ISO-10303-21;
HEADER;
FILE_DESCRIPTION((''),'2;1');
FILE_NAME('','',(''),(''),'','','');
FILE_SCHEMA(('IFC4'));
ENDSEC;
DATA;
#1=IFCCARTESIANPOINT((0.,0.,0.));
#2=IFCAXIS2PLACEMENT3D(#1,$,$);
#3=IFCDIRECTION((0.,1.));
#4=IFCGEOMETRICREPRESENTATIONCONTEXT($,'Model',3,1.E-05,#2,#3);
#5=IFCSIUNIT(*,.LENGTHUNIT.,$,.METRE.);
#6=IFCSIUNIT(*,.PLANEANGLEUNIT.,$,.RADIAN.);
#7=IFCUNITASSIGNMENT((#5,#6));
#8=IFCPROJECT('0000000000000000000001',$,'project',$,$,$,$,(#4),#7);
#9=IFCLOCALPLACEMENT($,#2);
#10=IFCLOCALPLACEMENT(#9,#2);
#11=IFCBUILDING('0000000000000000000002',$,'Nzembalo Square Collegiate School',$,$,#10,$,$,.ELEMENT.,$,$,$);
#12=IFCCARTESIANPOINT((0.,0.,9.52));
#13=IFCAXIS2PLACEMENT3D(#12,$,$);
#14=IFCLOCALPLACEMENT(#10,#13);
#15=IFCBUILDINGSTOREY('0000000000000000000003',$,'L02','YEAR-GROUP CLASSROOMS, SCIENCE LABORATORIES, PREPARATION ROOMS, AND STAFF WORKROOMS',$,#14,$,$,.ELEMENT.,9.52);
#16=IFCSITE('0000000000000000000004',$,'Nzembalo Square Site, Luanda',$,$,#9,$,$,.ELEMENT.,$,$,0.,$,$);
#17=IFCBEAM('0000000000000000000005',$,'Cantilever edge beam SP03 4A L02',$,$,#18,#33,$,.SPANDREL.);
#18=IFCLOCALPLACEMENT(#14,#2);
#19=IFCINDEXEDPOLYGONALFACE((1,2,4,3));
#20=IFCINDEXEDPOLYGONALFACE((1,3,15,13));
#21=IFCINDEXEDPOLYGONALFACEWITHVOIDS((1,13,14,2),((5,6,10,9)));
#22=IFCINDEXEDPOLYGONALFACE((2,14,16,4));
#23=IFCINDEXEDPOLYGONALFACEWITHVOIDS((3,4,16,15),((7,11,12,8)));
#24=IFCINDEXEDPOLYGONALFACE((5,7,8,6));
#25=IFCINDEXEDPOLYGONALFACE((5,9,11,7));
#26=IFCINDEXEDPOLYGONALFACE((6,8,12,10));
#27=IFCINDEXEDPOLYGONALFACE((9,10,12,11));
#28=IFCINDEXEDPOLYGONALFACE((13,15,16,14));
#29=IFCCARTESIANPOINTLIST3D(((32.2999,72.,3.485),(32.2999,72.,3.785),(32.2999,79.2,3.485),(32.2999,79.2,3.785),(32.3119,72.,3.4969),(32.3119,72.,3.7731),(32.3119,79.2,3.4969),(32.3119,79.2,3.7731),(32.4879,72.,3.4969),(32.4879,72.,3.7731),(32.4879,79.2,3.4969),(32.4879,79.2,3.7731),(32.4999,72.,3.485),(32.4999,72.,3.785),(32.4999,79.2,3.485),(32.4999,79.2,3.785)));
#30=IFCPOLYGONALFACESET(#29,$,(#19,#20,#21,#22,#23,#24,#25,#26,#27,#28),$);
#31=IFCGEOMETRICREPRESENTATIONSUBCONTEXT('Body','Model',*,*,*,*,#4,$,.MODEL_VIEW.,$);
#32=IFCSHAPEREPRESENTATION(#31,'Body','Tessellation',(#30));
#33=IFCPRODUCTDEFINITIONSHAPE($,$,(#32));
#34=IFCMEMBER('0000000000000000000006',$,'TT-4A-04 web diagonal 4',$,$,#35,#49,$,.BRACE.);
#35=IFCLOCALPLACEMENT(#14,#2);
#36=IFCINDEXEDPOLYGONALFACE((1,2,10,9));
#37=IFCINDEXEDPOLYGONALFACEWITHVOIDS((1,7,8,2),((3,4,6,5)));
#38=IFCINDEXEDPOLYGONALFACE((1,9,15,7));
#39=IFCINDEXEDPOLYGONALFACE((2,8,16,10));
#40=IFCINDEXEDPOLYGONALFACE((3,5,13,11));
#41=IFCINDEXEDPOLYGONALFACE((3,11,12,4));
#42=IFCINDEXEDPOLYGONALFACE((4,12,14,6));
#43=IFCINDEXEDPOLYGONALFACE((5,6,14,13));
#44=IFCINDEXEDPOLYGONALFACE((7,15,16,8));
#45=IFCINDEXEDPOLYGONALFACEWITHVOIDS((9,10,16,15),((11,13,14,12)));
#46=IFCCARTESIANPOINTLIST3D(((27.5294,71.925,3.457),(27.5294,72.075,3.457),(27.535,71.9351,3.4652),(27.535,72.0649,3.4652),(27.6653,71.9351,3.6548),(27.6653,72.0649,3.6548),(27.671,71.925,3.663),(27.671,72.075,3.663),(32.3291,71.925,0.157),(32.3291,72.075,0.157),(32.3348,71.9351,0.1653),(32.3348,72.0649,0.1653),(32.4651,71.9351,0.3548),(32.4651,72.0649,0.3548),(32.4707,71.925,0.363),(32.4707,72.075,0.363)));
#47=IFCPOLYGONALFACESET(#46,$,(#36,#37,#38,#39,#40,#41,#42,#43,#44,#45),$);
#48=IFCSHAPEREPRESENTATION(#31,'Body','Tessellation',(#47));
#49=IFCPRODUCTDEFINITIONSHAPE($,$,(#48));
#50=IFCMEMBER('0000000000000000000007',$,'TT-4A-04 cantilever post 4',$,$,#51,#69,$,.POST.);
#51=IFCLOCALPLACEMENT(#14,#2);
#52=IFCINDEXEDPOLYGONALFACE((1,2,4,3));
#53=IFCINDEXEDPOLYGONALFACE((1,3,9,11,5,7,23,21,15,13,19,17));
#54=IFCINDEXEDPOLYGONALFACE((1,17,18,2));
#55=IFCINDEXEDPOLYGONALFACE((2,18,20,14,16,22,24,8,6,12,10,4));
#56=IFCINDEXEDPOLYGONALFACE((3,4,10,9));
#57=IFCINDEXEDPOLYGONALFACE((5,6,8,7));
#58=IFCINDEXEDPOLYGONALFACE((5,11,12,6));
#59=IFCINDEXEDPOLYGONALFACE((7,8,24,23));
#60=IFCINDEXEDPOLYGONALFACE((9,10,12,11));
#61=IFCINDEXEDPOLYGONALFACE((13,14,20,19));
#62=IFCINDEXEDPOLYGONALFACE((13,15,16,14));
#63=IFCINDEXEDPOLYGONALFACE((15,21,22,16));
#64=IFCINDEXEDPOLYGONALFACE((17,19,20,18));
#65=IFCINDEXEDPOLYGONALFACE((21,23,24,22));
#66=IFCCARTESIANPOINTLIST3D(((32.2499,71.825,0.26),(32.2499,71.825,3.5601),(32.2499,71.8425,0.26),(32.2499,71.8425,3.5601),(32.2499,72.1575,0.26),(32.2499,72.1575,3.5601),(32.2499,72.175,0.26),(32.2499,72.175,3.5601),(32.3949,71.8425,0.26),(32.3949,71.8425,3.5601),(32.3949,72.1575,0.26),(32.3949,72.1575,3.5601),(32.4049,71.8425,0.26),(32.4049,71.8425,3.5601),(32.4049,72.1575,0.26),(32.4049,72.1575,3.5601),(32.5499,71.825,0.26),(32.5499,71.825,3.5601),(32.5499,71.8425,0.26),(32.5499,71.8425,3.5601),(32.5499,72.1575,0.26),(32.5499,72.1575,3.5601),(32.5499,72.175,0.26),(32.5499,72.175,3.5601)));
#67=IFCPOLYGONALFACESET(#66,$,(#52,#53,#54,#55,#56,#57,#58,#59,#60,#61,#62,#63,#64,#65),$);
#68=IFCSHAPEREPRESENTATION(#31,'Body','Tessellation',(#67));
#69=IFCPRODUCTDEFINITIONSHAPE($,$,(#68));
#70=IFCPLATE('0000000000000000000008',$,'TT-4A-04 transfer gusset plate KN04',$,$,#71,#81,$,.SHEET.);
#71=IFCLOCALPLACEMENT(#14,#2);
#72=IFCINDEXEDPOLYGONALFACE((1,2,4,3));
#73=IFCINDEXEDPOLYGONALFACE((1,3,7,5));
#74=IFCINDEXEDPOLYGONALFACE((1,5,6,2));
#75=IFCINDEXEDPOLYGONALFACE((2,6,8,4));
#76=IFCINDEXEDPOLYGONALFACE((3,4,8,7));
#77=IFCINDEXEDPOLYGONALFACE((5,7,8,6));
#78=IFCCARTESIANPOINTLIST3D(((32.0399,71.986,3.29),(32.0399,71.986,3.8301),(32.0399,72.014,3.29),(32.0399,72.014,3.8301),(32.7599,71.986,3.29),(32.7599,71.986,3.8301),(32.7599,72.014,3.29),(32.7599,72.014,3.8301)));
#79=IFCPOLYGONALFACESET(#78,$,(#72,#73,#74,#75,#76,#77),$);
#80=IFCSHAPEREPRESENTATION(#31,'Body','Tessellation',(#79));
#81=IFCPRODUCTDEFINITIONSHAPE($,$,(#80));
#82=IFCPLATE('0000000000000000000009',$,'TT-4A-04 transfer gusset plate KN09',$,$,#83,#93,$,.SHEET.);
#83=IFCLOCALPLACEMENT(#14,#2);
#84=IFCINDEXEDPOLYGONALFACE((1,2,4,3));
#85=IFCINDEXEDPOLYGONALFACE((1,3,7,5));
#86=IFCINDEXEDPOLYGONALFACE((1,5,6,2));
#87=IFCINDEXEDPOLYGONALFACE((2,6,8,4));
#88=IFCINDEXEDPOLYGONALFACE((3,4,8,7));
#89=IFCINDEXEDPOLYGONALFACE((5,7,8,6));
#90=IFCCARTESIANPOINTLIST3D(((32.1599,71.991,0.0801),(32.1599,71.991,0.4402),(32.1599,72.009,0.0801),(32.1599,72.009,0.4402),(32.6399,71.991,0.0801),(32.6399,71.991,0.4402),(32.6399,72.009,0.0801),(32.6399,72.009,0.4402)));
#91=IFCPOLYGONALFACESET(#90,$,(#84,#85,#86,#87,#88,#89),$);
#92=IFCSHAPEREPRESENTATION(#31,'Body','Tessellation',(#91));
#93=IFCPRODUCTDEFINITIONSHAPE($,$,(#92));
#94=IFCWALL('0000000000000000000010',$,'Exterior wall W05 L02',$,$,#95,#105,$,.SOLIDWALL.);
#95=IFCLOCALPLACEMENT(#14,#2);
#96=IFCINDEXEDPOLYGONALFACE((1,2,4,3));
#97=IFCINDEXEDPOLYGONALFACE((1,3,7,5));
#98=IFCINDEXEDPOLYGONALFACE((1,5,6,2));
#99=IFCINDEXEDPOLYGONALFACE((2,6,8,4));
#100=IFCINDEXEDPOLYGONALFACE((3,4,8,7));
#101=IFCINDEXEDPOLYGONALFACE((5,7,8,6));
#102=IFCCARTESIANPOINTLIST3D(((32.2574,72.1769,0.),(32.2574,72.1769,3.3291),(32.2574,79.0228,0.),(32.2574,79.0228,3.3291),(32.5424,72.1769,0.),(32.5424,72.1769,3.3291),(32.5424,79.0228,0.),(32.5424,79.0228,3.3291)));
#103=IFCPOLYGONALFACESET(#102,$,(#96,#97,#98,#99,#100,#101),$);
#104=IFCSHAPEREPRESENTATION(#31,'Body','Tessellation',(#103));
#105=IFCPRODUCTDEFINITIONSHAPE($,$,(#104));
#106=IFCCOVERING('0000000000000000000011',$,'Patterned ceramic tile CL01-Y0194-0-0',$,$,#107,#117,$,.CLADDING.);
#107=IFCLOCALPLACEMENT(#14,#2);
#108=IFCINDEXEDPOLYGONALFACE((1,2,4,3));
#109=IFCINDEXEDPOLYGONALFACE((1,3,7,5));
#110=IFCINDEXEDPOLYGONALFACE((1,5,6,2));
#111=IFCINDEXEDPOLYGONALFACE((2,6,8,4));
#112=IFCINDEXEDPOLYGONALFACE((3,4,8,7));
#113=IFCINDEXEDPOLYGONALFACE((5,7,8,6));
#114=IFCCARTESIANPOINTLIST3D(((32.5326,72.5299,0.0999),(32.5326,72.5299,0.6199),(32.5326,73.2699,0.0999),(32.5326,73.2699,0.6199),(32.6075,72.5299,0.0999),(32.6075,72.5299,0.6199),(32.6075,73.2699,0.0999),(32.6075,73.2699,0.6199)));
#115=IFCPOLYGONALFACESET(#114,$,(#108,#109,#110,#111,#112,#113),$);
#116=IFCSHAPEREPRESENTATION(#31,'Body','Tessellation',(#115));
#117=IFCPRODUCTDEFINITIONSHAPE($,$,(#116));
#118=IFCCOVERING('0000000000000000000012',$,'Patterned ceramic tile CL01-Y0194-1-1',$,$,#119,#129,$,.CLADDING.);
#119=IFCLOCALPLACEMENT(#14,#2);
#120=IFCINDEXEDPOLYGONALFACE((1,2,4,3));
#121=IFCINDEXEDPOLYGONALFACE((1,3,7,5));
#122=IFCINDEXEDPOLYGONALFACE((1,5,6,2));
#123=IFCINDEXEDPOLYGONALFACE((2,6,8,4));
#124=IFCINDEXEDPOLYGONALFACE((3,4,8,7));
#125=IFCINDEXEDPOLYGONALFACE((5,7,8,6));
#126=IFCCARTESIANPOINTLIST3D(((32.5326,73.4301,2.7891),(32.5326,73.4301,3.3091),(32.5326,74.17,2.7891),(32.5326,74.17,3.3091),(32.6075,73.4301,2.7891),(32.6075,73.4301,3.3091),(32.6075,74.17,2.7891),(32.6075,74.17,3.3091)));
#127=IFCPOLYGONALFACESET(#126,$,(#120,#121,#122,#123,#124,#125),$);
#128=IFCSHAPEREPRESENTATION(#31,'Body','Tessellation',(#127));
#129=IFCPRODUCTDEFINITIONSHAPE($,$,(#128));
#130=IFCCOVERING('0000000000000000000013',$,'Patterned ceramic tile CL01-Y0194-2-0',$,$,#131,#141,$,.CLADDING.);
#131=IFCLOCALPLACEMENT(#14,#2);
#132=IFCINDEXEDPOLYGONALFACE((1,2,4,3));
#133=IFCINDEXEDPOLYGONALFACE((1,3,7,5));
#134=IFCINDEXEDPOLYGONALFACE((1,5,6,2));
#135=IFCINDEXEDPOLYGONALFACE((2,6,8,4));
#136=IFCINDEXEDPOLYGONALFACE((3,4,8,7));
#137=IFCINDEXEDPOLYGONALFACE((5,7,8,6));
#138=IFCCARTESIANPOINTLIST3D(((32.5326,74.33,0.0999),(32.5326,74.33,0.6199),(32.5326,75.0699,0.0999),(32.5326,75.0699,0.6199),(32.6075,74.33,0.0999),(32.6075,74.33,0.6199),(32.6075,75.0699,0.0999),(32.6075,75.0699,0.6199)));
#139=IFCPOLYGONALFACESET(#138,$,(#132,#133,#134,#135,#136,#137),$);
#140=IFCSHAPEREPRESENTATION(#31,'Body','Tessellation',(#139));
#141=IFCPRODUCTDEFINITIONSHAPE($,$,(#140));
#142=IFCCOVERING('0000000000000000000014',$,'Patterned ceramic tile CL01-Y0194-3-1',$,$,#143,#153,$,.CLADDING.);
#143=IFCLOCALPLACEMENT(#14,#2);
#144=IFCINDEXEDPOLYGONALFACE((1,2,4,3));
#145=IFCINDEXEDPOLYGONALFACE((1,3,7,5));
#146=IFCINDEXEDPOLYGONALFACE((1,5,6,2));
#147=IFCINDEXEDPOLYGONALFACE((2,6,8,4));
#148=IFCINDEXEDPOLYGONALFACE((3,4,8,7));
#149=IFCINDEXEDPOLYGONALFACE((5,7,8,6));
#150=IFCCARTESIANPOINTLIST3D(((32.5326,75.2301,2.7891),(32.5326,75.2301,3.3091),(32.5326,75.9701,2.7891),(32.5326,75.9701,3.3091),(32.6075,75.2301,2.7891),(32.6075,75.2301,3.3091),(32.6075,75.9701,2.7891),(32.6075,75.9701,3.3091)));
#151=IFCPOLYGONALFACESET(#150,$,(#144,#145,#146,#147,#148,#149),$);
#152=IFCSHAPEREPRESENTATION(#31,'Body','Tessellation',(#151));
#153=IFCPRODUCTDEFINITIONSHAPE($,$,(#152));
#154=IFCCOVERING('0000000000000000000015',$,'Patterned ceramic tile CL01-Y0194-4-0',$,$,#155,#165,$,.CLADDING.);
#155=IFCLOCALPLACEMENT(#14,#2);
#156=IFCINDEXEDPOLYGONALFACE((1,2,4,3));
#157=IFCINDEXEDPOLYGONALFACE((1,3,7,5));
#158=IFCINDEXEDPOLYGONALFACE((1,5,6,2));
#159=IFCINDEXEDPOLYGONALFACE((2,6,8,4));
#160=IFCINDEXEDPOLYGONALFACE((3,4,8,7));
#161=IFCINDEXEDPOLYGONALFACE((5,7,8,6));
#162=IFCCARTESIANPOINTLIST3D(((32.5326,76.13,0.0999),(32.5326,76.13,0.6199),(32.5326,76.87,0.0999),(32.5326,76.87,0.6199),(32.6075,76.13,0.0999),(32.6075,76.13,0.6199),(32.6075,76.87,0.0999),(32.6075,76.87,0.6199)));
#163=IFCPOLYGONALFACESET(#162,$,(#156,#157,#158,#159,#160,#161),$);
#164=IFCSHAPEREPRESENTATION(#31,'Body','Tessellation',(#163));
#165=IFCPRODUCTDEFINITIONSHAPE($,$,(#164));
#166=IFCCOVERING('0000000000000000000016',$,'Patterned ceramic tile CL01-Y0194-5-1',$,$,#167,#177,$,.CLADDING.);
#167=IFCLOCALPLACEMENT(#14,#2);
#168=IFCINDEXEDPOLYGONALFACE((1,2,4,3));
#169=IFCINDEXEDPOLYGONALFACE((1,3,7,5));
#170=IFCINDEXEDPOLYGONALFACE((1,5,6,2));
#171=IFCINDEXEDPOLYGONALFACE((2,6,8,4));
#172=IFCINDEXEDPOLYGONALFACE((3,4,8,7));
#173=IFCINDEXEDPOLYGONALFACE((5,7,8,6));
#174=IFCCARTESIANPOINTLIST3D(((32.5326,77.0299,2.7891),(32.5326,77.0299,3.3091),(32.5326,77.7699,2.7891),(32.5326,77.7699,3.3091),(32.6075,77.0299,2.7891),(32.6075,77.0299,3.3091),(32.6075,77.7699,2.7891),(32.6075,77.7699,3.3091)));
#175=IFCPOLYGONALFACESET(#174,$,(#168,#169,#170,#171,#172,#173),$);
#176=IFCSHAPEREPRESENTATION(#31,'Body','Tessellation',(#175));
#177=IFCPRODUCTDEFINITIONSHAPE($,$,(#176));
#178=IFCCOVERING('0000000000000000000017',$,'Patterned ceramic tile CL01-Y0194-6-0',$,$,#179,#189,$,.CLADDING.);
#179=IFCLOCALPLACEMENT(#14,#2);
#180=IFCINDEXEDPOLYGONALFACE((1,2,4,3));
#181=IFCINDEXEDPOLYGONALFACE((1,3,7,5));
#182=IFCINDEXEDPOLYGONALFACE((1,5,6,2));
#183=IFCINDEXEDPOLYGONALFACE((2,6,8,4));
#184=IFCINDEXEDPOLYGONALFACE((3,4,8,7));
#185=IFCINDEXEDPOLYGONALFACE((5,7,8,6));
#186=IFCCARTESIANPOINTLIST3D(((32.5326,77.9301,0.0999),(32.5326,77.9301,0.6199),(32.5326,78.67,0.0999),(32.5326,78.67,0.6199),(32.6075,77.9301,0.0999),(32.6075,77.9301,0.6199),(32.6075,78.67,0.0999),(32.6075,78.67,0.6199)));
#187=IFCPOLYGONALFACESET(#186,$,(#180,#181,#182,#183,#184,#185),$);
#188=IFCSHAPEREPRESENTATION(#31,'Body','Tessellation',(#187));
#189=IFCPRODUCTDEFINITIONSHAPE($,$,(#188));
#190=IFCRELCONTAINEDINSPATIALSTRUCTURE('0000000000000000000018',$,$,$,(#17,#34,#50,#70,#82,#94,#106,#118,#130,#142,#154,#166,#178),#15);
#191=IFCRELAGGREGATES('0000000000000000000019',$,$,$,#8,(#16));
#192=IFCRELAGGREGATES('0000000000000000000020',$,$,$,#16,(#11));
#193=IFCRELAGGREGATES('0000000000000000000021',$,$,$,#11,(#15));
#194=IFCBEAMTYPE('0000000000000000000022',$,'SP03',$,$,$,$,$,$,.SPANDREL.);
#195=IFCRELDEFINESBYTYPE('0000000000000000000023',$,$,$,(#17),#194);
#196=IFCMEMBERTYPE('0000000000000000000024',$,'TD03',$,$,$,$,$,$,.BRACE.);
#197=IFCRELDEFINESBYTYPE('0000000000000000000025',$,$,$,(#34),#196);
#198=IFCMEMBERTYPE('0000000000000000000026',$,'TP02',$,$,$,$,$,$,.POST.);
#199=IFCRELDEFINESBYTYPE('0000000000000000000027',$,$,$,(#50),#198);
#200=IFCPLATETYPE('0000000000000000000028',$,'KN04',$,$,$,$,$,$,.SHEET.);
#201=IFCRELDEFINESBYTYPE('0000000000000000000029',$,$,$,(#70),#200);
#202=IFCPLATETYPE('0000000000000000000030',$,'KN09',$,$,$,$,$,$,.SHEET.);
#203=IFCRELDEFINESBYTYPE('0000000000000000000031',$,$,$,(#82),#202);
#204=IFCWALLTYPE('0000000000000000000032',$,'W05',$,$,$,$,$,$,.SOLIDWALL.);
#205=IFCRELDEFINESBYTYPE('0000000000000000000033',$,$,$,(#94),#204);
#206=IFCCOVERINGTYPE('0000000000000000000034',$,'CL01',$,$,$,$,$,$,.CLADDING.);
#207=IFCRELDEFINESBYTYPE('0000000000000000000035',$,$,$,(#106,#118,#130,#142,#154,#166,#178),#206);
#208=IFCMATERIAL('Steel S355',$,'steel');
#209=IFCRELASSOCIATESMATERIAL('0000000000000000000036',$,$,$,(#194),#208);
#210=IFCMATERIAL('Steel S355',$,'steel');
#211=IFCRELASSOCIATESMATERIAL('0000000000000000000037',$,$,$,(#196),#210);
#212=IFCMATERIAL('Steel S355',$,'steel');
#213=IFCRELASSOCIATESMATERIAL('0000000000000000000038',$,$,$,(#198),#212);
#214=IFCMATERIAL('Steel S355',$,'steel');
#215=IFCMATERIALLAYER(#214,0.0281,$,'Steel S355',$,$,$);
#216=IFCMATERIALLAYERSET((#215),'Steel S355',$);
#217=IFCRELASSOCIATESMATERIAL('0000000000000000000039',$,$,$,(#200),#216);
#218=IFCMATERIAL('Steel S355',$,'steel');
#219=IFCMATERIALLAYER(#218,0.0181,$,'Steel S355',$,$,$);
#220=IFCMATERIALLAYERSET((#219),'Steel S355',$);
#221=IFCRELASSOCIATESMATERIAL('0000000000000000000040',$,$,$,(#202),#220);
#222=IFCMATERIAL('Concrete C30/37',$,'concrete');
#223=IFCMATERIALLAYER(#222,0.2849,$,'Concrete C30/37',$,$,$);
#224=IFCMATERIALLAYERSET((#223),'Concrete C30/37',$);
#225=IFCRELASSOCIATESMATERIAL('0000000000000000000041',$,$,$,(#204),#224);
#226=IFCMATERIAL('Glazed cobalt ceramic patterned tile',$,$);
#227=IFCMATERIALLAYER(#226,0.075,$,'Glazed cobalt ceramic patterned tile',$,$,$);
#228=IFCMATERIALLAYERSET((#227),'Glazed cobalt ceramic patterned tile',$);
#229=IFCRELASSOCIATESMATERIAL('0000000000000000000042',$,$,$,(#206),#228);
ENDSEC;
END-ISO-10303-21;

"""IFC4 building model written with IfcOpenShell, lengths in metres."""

from ifc_helpers import new_model, si_unit, direction, frame, frame_2d, origin, origin_2d, place, context, subcontext, project, spatial, rectangle, hollow_rectangle, i_section, extrude, material, layer, layer_set, material_profile, profile_set, type_object, element, save


model = new_model("IFC4")

# Units and contexts
model_context = context("Model", 3, precision=1e-05, world=origin(), true_north=direction((0.0, 1.0)))
body_context = subcontext(model_context, "Body", "Model", "MODEL_VIEW")
ifc_project = project(units=[si_unit("LENGTHUNIT", "METRE"), si_unit("PLANEANGLEUNIT", "RADIAN")], contexts=[model_context])

# Site, building, storey
site_placement = place(None, origin())
site = spatial("IfcSite", under=ifc_project, at=site_placement, Name="Nzembalo Square Site, Luanda", CompositionType="ELEMENT", RefElevation=0.0)
building_placement = place(site_placement, origin())
building = spatial("IfcBuilding", under=site, at=building_placement, Name="Nzembalo Square Collegiate School", CompositionType="ELEMENT")
storey_placement = place(building_placement, frame((0.0, 0.0, 9.52)))
storey = spatial("IfcBuildingStorey", under=building, at=storey_placement, Name="L02", Description="YEAR-GROUP CLASSROOMS, SCIENCE LABORATORIES, PREPARATION ROOMS, AND STAFF WORKROOMS", CompositionType="ELEMENT", Elevation=9.52)

# Beam
ifc_material_1 = material(Name="Steel S355", Category="steel")
ifc_material_profile_1 = material_profile(ifc_material_1, hollow_rectangle(XDim=0.2, YDim=0.3, WallThickness=0.012, at=origin_2d()), Name="RHS 300x200x12")
ifc_profile_set_1 = profile_set([ifc_material_profile_1], Name="Steel S355")
beam_type = type_object("IfcBeamType", Name="SP03", PredefinedType="SPANDREL", material=ifc_profile_set_1)
beam_placement = place(storey_placement, frame((32.3999, 72.0, 3.635), z_axis=(0.0, 1.0, 0.0), x_axis=(-1.0, 0.0, 0.0)))
element("IfcBeam", 1, at=beam_placement, inside=storey, type_object=beam_type, Name="Cantilever edge beam SP03 4A L02", PredefinedType="SPANDREL", context=body_context, shape_type="SweptSolid", body=[
    extrude(hollow_rectangle(XDim=0.2, YDim=0.3, WallThickness=0.012, at=origin_2d()), origin(), (0.0, 0.0, 1.0), 7.2),
])

# Members
ifc_material_2 = material(Name="Steel S355", Category="steel")
ifc_material_profile_2 = material_profile(ifc_material_2, hollow_rectangle(XDim=0.1499, YDim=0.25, WallThickness=0.01, at=origin_2d()), Name="RHS 250x150x10")
ifc_profile_set_2 = profile_set([ifc_material_profile_2], Name="Steel S355")
member_type_1 = type_object("IfcMemberType", Name="TD03", PredefinedType="BRACE", material=ifc_profile_set_2)
member_1_placement = place(storey_placement, frame((32.3999, 72.0, 0.26), z_axis=(-0.824027, 0.0, 0.56655), x_axis=(0.0, -1.0, 0.0)))
element("IfcMember", 2, at=member_1_placement, inside=storey, type_object=member_type_1, Name="TT-4A-04 web diagonal 4", PredefinedType="BRACE", context=body_context, shape_type="SweptSolid", body=[
    extrude(hollow_rectangle(XDim=0.1499, YDim=0.25, WallThickness=0.01, at=origin_2d()), origin(), (0.0, 0.0, 1.0), 5.8247),
])
ifc_material_3 = material(Name="Steel S355", Category="steel")
ifc_material_profile_3 = material_profile(ifc_material_3, i_section(OverallWidth=0.3, OverallDepth=0.3501, WebThickness=0.01, FlangeThickness=0.0176, at=origin_2d()), Name="HEA 360")
ifc_profile_set_3 = profile_set([ifc_material_profile_3], Name="Steel S355")
member_type_2 = type_object("IfcMemberType", Name="TP02", PredefinedType="POST", material=ifc_profile_set_3)
member_2_placement = place(storey_placement, frame((32.3999, 72.0, 0.26), z_axis=(0.0, 0.0, 1.0), x_axis=(1.0, 0.0, 0.0)))
element("IfcMember", 3, at=member_2_placement, inside=storey, type_object=member_type_2, Name="TT-4A-04 cantilever post 4", PredefinedType="POST", context=body_context, shape_type="SweptSolid", body=[
    extrude(i_section(OverallWidth=0.3, OverallDepth=0.3501, WebThickness=0.01, FlangeThickness=0.0176, at=origin_2d()), origin(), (0.0, 0.0, 1.0), 3.3),
])

# Plates
ifc_material_4 = material(Name="Steel S355", Category="steel")
ifc_layer_1 = layer(ifc_material_4, 0.0281, Name="Steel S355")
ifc_layer_set_1 = layer_set([ifc_layer_1], Name="Steel S355")
plate_type_1 = type_object("IfcPlateType", Name="KN04", PredefinedType="SHEET", material=ifc_layer_set_1)
plate_1_placement = place(storey_placement, frame((32.3999, 72.0, 3.29), z_axis=(0.0, 0.0, 1.0), x_axis=(1.0, 0.0, 0.0)))
element("IfcPlate", 4, at=plate_1_placement, inside=storey, type_object=plate_type_1, Name="TT-4A-04 transfer gusset plate KN04", PredefinedType="SHEET", context=body_context, shape_type="SweptSolid", body=[
    extrude(rectangle(XDim=0.72, YDim=0.0281, at=origin_2d()), origin(), (0.0, 0.0, 1.0), 0.54),
])
ifc_material_5 = material(Name="Steel S355", Category="steel")
ifc_layer_2 = layer(ifc_material_5, 0.0181, Name="Steel S355")
ifc_layer_set_2 = layer_set([ifc_layer_2], Name="Steel S355")
plate_type_2 = type_object("IfcPlateType", Name="KN09", PredefinedType="SHEET", material=ifc_layer_set_2)
plate_2_placement = place(storey_placement, frame((32.3999, 72.0, 0.0801), z_axis=(0.0, 0.0, 1.0), x_axis=(1.0, 0.0, 0.0)))
element("IfcPlate", 5, at=plate_2_placement, inside=storey, type_object=plate_type_2, Name="TT-4A-04 transfer gusset plate KN09", PredefinedType="SHEET", context=body_context, shape_type="SweptSolid", body=[
    extrude(rectangle(XDim=0.48, YDim=0.0181, at=origin_2d()), origin(), (0.0, 0.0, 1.0), 0.3601),
])

# Wall
ifc_material_6 = material(Name="Concrete C30/37", Category="concrete")
ifc_layer_3 = layer(ifc_material_6, 0.2849, Name="Concrete C30/37")
ifc_layer_set_3 = layer_set([ifc_layer_3], Name="Concrete C30/37")
wall_type = type_object("IfcWallType", Name="W05", PredefinedType="SOLIDWALL", material=ifc_layer_set_3)
wall_placement = place(storey_placement, frame((32.3999, 72.177, 0.0), z_axis=(0.0, 0.0, 1.0), x_axis=(0.0, 1.0, 0.0)))
element("IfcWall", 6, at=wall_placement, inside=storey, type_object=wall_type, Name="Exterior wall W05 L02", PredefinedType="SOLIDWALL", context=body_context, shape_type="SweptSolid", body=[
    extrude(rectangle(XDim=6.8459, YDim=0.2849, at=frame_2d((3.4229, 0.0))), origin(), (0.0, 0.0, 1.0), 3.3291),
])

# Coverings
ifc_material_7 = material(Name="Glazed cobalt ceramic patterned tile")
ifc_layer_4 = layer(ifc_material_7, 0.075, Name="Glazed cobalt ceramic patterned tile")
ifc_layer_set_4 = layer_set([ifc_layer_4], Name="Glazed cobalt ceramic patterned tile")
covering_type_1 = type_object("IfcCoveringType", Name="CL01", PredefinedType="CLADDING", material=ifc_layer_set_4)
for number, where, z_axis, x_axis, name in (
    (7, (32.5701, 72.8999, 0.0999), (0.0, 0.0, 1.0), (1.0, 0.0, 0.0), "Patterned ceramic tile CL01-Y0194-0-0"),
    (8, (32.5701, 73.8, 2.7891), (0.0, 0.0, 1.0), (1.0, 0.0, 0.0), "Patterned ceramic tile CL01-Y0194-1-1"),
    (9, (32.5701, 74.7, 0.0999), (0.0, 0.0, 1.0), (1.0, 0.0, 0.0), "Patterned ceramic tile CL01-Y0194-2-0"),
    (10, (32.5701, 75.6001, 2.7891), (0.0, 0.0, 1.0), (1.0, 0.0, 0.0), "Patterned ceramic tile CL01-Y0194-3-1"),
    (11, (32.5701, 76.5, 0.0999), (0.0, 0.0, 1.0), (1.0, 0.0, 0.0), "Patterned ceramic tile CL01-Y0194-4-0"),
    (12, (32.5701, 77.3999, 2.7891), (0.0, 0.0, 1.0), (1.0, 0.0, 0.0), "Patterned ceramic tile CL01-Y0194-5-1"),
    (13, (32.5701, 78.3, 0.0999), (0.0, 0.0, 1.0), (1.0, 0.0, 0.0), "Patterned ceramic tile CL01-Y0194-6-0"),
):
    element("IfcCovering", number, at=place(storey_placement, frame(where, z_axis=z_axis, x_axis=x_axis)), inside=storey, type_object=covering_type_1, Name=name, PredefinedType="CLADDING", context=body_context, shape_type="SweptSolid", body=[
        extrude(rectangle(XDim=0.075, YDim=0.74, at=origin_2d()), origin(), (0.0, 0.0, 1.0), 0.52),
    ])

save(model, "model.ifc")
